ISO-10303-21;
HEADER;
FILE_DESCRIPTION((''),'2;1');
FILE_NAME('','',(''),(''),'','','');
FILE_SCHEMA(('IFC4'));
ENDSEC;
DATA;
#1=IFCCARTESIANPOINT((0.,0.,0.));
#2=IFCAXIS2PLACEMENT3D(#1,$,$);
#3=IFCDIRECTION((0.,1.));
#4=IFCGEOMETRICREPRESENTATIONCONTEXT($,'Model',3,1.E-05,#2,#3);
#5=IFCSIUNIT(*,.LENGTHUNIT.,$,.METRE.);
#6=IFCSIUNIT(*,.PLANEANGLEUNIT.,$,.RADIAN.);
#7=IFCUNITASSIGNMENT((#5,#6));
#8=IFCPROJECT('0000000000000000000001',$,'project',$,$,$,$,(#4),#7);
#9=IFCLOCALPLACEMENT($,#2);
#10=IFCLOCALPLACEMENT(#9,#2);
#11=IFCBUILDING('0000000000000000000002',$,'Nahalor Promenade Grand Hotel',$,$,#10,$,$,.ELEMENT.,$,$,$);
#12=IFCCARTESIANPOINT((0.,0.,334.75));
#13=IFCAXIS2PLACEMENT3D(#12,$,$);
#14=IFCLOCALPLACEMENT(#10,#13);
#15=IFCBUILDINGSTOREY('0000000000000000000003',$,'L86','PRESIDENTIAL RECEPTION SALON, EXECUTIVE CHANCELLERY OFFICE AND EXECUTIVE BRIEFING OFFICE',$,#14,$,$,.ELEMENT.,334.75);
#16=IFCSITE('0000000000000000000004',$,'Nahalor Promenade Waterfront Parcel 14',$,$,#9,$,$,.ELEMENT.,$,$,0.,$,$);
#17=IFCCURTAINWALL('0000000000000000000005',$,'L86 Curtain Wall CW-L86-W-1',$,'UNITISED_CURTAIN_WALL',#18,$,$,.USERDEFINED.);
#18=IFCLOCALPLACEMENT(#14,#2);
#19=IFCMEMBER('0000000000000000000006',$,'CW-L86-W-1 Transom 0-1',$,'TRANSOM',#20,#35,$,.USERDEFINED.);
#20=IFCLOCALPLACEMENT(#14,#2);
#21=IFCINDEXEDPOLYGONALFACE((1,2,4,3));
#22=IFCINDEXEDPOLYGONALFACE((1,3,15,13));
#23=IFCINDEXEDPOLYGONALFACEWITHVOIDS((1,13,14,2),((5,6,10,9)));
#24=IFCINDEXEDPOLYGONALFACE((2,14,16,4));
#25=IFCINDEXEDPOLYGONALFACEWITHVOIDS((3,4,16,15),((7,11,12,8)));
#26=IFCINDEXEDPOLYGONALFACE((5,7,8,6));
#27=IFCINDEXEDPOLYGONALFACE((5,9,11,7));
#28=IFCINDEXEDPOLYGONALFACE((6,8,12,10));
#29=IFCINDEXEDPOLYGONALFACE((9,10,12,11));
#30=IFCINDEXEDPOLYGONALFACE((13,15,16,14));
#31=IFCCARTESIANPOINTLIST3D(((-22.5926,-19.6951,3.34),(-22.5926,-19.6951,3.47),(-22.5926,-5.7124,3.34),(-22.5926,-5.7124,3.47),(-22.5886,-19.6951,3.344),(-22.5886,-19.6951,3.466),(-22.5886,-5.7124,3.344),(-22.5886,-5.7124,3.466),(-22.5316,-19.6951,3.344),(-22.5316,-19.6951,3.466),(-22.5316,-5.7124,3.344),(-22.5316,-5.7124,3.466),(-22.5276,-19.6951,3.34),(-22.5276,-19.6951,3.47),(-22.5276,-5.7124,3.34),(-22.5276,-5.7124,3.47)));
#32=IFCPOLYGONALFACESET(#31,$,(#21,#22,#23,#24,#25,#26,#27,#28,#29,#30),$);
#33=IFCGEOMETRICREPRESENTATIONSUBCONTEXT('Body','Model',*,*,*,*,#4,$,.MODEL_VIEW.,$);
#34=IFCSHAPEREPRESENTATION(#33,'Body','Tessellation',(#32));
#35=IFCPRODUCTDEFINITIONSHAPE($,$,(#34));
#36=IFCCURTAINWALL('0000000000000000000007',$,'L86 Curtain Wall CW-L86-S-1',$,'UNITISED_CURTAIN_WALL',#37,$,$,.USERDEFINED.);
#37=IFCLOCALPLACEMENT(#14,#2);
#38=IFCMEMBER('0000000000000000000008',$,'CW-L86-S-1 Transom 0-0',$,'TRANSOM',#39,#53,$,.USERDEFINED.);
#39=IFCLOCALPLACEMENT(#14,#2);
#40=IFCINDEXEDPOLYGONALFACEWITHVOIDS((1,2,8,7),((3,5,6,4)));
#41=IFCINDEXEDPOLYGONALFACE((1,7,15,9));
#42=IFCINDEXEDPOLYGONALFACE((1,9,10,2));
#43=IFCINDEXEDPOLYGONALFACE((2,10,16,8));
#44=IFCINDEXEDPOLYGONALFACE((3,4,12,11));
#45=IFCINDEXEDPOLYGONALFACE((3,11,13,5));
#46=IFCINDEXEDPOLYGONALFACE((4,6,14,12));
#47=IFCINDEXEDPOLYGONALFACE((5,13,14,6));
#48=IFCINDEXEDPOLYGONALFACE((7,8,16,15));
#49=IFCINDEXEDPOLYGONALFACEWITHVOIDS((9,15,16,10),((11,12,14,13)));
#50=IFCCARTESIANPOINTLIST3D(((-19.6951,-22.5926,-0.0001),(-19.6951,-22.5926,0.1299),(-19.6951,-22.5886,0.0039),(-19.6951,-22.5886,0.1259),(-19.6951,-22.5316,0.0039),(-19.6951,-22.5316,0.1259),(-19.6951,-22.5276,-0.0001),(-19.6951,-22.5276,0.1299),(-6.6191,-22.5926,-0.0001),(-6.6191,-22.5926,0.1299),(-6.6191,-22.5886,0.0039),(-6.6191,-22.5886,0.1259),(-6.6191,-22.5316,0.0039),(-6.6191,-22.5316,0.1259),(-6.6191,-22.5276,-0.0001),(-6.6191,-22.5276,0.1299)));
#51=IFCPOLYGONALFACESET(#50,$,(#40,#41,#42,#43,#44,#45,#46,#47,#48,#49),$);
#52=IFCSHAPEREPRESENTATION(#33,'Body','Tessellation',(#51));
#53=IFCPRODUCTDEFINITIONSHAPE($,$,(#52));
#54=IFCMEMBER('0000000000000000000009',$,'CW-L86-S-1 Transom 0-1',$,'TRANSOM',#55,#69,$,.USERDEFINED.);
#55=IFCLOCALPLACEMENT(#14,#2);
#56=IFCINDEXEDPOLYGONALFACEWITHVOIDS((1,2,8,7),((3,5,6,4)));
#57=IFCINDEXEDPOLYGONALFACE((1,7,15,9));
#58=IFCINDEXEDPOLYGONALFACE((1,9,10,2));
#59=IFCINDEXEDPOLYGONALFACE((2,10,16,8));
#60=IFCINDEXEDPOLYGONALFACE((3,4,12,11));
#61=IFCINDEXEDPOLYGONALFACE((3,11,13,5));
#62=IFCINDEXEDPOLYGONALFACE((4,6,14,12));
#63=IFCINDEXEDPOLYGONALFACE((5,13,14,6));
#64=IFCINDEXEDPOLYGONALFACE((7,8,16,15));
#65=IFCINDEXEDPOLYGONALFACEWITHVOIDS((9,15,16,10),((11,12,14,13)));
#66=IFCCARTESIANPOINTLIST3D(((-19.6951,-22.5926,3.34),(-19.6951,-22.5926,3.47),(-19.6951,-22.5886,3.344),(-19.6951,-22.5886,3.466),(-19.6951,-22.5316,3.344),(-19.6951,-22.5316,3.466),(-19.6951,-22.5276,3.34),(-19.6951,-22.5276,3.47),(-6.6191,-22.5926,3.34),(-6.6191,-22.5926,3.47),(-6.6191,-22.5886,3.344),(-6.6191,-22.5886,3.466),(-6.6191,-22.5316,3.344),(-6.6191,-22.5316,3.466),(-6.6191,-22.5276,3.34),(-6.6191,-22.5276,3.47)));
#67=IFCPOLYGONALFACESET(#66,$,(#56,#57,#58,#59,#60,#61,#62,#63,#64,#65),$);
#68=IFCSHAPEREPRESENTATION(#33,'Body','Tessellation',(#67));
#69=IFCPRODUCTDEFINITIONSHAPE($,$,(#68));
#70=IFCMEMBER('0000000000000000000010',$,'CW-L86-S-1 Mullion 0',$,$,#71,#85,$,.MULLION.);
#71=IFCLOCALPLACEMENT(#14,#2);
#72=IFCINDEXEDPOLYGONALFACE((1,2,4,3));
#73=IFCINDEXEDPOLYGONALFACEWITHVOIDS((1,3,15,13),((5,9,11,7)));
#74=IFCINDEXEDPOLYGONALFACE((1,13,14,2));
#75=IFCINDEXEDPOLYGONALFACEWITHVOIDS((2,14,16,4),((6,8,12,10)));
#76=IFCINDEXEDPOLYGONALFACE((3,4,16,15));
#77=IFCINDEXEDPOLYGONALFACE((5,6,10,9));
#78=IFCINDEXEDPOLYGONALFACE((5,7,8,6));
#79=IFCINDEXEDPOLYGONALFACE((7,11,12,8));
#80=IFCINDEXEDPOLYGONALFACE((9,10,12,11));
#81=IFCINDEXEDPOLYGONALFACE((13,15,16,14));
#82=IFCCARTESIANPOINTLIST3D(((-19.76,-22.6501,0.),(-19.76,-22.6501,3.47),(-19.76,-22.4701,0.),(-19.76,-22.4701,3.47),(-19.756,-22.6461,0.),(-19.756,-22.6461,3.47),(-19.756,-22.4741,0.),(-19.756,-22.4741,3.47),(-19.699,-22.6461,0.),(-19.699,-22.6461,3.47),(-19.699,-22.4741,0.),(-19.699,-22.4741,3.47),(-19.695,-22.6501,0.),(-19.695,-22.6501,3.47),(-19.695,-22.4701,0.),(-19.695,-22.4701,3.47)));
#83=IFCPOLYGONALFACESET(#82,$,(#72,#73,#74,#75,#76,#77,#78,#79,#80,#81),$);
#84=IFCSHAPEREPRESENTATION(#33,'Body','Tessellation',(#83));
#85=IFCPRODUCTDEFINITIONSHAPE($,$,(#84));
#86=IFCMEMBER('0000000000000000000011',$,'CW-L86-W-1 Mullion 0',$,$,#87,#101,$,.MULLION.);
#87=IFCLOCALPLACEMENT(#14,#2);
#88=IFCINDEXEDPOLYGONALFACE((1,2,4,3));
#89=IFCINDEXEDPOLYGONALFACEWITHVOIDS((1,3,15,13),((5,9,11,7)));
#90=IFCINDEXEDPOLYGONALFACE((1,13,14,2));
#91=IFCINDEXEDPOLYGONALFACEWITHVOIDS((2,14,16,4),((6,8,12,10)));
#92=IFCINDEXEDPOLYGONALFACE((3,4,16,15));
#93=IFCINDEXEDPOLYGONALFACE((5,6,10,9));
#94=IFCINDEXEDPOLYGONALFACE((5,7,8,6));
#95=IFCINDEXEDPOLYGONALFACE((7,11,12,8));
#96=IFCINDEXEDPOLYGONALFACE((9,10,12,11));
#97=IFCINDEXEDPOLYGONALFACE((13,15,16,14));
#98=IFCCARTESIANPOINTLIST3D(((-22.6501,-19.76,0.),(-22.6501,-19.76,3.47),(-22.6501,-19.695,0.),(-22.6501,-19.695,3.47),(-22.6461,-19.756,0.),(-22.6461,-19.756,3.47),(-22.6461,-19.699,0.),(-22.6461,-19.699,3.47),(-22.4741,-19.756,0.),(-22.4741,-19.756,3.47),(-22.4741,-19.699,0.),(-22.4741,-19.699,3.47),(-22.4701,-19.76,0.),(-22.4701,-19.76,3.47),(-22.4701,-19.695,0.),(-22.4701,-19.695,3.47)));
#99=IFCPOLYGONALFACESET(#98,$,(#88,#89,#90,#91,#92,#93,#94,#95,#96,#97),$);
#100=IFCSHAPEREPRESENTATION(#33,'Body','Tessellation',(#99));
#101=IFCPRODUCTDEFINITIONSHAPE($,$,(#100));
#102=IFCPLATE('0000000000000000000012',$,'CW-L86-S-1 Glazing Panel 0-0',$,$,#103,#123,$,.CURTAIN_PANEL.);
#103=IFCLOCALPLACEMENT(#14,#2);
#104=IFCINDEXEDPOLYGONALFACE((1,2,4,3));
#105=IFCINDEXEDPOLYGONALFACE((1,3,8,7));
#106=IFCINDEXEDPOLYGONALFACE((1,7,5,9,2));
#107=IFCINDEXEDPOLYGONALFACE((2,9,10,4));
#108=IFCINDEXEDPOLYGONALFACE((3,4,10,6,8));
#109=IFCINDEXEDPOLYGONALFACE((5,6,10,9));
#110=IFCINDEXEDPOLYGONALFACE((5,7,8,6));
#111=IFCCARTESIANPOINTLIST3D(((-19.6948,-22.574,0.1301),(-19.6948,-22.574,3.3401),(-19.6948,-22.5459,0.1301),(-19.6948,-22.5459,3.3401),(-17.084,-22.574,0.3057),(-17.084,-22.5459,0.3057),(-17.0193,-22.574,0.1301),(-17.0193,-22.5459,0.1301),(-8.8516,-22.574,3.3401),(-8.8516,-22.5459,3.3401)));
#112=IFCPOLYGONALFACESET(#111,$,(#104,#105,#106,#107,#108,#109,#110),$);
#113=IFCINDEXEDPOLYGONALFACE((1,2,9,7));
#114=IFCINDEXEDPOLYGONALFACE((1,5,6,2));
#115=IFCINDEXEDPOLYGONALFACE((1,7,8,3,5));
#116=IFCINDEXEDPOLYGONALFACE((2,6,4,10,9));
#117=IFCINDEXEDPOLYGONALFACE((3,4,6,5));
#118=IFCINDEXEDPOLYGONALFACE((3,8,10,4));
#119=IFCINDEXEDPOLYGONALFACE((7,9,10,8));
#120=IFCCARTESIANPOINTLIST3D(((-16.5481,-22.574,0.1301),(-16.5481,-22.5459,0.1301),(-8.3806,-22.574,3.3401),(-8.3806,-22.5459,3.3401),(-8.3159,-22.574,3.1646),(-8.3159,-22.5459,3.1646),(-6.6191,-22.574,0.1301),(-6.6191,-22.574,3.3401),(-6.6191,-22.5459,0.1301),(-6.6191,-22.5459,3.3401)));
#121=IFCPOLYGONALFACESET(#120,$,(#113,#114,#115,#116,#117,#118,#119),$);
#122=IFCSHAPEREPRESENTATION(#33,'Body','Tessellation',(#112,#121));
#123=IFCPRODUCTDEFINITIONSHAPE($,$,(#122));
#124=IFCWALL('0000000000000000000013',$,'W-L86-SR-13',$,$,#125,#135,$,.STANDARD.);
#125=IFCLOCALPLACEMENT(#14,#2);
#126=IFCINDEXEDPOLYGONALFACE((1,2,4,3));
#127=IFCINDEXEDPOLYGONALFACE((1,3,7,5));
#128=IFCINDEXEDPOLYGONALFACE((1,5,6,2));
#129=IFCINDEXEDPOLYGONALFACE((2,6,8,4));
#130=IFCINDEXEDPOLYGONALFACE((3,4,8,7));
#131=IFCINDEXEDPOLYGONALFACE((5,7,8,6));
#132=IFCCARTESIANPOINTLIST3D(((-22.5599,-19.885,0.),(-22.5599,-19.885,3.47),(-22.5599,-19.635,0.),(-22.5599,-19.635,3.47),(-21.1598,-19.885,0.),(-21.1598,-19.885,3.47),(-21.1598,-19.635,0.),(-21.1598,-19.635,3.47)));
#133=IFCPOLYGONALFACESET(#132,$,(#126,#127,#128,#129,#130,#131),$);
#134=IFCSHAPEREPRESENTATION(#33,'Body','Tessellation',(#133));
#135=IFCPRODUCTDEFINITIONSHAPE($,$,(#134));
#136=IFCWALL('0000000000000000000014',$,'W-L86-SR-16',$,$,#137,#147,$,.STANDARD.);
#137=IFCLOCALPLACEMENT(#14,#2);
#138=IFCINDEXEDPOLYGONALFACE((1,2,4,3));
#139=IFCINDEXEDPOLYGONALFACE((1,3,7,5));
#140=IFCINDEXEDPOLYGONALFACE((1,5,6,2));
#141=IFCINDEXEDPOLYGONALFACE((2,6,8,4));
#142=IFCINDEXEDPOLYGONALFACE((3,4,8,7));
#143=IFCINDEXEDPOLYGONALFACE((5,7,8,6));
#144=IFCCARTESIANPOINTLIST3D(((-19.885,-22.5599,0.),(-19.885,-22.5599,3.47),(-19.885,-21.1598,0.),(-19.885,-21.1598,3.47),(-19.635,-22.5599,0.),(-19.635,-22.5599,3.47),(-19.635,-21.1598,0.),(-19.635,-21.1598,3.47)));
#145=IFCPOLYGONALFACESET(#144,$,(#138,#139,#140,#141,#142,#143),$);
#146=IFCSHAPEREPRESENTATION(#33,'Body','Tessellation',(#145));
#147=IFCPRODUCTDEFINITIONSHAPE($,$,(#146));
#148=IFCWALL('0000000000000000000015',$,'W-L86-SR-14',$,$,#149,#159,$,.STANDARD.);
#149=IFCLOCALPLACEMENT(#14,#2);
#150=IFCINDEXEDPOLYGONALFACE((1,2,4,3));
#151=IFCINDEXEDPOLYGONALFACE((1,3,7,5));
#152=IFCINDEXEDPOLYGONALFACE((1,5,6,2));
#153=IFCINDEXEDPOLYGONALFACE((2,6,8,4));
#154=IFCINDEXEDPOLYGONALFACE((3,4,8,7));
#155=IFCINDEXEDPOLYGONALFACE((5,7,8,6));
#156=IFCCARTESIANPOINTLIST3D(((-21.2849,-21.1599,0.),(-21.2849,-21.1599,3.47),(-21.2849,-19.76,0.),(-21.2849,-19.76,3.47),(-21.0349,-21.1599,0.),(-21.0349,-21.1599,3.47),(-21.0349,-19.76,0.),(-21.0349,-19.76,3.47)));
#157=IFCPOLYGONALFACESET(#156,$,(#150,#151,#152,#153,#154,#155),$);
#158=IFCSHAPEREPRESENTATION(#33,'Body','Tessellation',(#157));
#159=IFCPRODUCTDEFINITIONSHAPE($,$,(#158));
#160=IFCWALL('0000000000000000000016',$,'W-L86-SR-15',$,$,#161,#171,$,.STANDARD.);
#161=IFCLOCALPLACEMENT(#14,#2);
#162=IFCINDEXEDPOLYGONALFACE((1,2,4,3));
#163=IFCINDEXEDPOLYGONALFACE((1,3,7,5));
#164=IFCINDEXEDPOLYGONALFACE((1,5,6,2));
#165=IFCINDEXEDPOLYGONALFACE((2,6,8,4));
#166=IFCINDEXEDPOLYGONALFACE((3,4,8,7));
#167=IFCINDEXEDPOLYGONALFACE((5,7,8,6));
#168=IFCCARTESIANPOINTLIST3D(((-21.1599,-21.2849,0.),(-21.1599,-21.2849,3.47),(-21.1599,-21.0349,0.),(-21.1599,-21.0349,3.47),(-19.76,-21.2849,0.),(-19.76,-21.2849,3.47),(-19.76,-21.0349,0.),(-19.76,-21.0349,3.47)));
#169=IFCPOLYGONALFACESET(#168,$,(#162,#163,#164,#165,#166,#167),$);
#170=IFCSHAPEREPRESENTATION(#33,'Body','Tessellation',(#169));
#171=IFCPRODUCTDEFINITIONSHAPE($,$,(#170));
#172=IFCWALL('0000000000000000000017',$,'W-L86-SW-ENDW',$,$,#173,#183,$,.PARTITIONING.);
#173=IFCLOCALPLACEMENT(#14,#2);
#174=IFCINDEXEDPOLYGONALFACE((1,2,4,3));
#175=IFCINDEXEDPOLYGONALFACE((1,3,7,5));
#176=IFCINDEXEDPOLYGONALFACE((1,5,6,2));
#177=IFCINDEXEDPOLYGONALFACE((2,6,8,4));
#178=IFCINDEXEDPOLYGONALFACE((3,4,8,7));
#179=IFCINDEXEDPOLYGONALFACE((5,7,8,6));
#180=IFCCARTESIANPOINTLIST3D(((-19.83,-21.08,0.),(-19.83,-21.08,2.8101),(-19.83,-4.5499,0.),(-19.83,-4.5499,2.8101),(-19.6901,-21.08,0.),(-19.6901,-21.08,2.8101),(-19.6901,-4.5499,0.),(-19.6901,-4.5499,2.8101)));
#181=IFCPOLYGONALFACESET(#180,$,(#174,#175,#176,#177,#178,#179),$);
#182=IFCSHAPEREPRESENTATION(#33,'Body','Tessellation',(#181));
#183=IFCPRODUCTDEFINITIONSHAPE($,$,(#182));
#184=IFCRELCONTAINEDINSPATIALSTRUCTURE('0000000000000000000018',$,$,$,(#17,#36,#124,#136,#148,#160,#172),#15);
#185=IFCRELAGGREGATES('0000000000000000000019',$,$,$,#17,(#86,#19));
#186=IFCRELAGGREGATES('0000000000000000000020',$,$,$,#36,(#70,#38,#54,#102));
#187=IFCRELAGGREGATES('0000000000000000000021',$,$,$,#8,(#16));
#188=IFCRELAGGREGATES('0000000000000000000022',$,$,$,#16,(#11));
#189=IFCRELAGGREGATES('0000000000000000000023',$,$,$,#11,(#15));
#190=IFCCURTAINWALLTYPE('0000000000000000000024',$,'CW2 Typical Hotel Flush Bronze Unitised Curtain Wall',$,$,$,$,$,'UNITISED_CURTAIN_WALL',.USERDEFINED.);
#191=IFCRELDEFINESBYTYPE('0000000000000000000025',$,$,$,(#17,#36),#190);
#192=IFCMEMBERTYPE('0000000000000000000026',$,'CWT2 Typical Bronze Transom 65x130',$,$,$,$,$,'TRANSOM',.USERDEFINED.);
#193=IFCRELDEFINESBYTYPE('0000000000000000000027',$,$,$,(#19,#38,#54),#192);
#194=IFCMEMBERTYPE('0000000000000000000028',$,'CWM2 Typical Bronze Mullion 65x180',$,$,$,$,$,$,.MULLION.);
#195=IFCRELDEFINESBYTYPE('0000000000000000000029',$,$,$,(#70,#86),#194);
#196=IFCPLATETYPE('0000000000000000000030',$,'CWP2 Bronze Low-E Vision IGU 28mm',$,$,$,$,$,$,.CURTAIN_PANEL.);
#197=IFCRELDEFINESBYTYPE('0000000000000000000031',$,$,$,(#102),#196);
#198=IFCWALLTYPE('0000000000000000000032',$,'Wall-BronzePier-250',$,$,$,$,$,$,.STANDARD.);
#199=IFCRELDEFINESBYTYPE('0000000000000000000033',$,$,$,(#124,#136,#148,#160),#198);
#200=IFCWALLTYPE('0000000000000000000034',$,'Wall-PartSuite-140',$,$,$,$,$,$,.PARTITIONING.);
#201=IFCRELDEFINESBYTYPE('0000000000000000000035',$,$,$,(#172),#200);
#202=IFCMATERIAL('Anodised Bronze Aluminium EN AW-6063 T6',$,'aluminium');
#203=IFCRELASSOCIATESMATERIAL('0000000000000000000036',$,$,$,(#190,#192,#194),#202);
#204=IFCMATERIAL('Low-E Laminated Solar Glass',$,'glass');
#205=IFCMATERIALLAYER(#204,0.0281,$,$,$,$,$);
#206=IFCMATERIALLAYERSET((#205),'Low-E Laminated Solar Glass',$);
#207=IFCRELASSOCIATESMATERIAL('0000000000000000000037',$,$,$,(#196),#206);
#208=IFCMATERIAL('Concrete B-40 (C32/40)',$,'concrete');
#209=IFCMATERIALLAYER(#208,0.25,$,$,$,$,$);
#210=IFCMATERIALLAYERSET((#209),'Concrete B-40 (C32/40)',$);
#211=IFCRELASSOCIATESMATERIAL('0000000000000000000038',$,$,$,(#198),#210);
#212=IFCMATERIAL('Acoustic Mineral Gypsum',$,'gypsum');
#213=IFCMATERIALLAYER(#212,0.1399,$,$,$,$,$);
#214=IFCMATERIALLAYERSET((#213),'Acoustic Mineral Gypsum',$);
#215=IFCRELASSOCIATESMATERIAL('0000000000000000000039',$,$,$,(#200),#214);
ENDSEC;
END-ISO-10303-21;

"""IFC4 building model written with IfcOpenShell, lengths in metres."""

from ifc_helpers import new_model, si_unit, direction, frame, frame_2d, origin, origin_2d, place, context, subcontext, project, spatial, polyline, rectangle, hollow_rectangle, outline, extrude, source, transform, mapped, material, layer, layer_set, material_profile, profile_set, type_object, element, aggregate, save


model = new_model("IFC4")

# Units and contexts
model_context = context("Model", 3, precision=1e-05, world=origin(), true_north=direction((0.0, 1.0)))
body_context = subcontext(model_context, "Body", "Model", "MODEL_VIEW")
ifc_project = project(units=[si_unit("LENGTHUNIT", "METRE"), si_unit("PLANEANGLEUNIT", "RADIAN")], contexts=[model_context])

# Site, building, storey
site_placement = place(None, origin())
site = spatial("IfcSite", under=ifc_project, at=site_placement, Name="Nahalor Promenade Waterfront Parcel 14", CompositionType="ELEMENT", RefElevation=0.0)
building_placement = place(site_placement, origin())
building = spatial("IfcBuilding", under=site, at=building_placement, Name="Nahalor Promenade Grand Hotel", CompositionType="ELEMENT")
storey_placement = place(building_placement, frame((0.0, 0.0, 334.75)))
storey = spatial("IfcBuildingStorey", under=building, at=storey_placement, Name="L86", Description="PRESIDENTIAL RECEPTION SALON, EXECUTIVE CHANCELLERY OFFICE AND EXECUTIVE BRIEFING OFFICE", CompositionType="ELEMENT", Elevation=334.75)

# Curtain walls, members
ifc_material_1 = material(Name="Anodised Bronze Aluminium EN AW-6063 T6", Category="aluminium")
curtain_wall_type = type_object("IfcCurtainWallType", Name="CW2 Typical Hotel Flush Bronze Unitised Curtain Wall", ElementType="UNITISED_CURTAIN_WALL", PredefinedType="USERDEFINED", material=ifc_material_1)
curtain_wall_1_placement = place(storey_placement, origin())
curtain_wall_1 = element("IfcCurtainWall", 1, at=curtain_wall_1_placement, inside=storey, type_object=curtain_wall_type, Name="L86 Curtain Wall CW-L86-W-1", ObjectType="UNITISED_CURTAIN_WALL", PredefinedType="USERDEFINED")
ifc_material_profile_1 = material_profile(ifc_material_1, hollow_rectangle(XDim=0.065, YDim=0.13, WallThickness=0.004, at=origin_2d()), Name="CWT 65x130x4")
ifc_profile_set_1 = profile_set([ifc_material_profile_1], Name="Anodised Bronze Aluminium EN AW-6063 T6")
member_type_1 = type_object("IfcMemberType", Name="CWT2 Typical Bronze Transom 65x130", ElementType="TRANSOM", PredefinedType="USERDEFINED", material=ifc_profile_set_1)
shared_shape_1 = source(origin(), body_context, "Body", "SweptSolid", [
    extrude(hollow_rectangle(XDim=0.065, YDim=0.13, WallThickness=0.004, at=origin_2d()), origin(), (0.0, 0.0, 1.0), 13.9827),
])
member_1_placement = place(storey_placement, frame((-22.5601, -19.6951, 3.405), z_axis=(0.0, 1.0, 0.0), x_axis=(-1.0, 0.0, 0.0)))
member_1 = element("IfcMember", 2, at=member_1_placement, type_object=member_type_1, Name="CW-L86-W-1 Transom 0-1", ObjectType="TRANSOM", PredefinedType="USERDEFINED", context=body_context, shape_type="MappedRepresentation", body=[
    mapped(shared_shape_1, transform((0.0, 0.0, 0.0), scale=1.0)),
])
curtain_wall_2_placement = place(storey_placement, origin())
curtain_wall_2 = element("IfcCurtainWall", 3, at=curtain_wall_2_placement, inside=storey, type_object=curtain_wall_type, Name="L86 Curtain Wall CW-L86-S-1", ObjectType="UNITISED_CURTAIN_WALL", PredefinedType="USERDEFINED")
shared_shape_2 = source(origin(), body_context, "Body", "SweptSolid", [
    extrude(hollow_rectangle(XDim=0.065, YDim=0.13, WallThickness=0.004, at=origin_2d()), origin(), (0.0, 0.0, 1.0), 13.0759),
])
member_2_placement = place(storey_placement, frame((-19.6951, -22.5601, 0.0649), z_axis=(1.0, 0.0, 0.0), x_axis=(0.0, 1.0, 0.0)))
member_2 = element("IfcMember", 4, at=member_2_placement, type_object=member_type_1, Name="CW-L86-S-1 Transom 0-0", ObjectType="TRANSOM", PredefinedType="USERDEFINED", context=body_context, shape_type="MappedRepresentation", body=[
    mapped(shared_shape_2, transform((0.0, 0.0, 0.0), scale=1.0)),
])
member_3_placement = place(storey_placement, frame((-19.6951, -22.5601, 3.405), z_axis=(1.0, 0.0, 0.0), x_axis=(0.0, 1.0, 0.0)))
member_3 = element("IfcMember", 5, at=member_3_placement, type_object=member_type_1, Name="CW-L86-S-1 Transom 0-1", ObjectType="TRANSOM", PredefinedType="USERDEFINED", context=body_context, shape_type="MappedRepresentation", body=[
    mapped(shared_shape_2, transform((0.0, 0.0, 0.0), scale=1.0)),
])
ifc_material_profile_2 = material_profile(ifc_material_1, hollow_rectangle(XDim=0.065, YDim=0.18, WallThickness=0.004, at=origin_2d()), Name="CWM 65x180x4")
ifc_profile_set_2 = profile_set([ifc_material_profile_2], Name="Anodised Bronze Aluminium EN AW-6063 T6")
member_type_2 = type_object("IfcMemberType", Name="CWM2 Typical Bronze Mullion 65x180", PredefinedType="MULLION", material=ifc_profile_set_2)
shared_shape_3 = source(origin(), body_context, "Body", "SweptSolid", [
    extrude(hollow_rectangle(XDim=0.065, YDim=0.18, WallThickness=0.004, at=origin_2d()), origin(), (0.0, 0.0, 1.0), 3.47),
])
member_4_placement = place(storey_placement, frame((-19.7275, -22.5601, 0.0), z_axis=(0.0, 0.0, 1.0), x_axis=(1.0, 0.0, 0.0)))
member_4 = element("IfcMember", 6, at=member_4_placement, type_object=member_type_2, Name="CW-L86-S-1 Mullion 0", PredefinedType="MULLION", context=body_context, shape_type="MappedRepresentation", body=[
    mapped(shared_shape_3, transform((0.0, 0.0, 0.0), scale=1.0)),
])

# Member
member_5_placement = place(storey_placement, frame((-22.5601, -19.7275, 0.0), z_axis=(0.0, 0.0, 1.0), x_axis=(0.0, 1.0, 0.0)))
member_5 = element("IfcMember", 7, at=member_5_placement, type_object=member_type_2, Name="CW-L86-W-1 Mullion 0", PredefinedType="MULLION", context=body_context, shape_type="MappedRepresentation", body=[
    mapped(shared_shape_3, transform((0.0, 0.0, 0.0), scale=1.0)),
])
aggregate(curtain_wall_1, [member_5, member_1])

# Plate
ifc_material_2 = material(Name="Low-E Laminated Solar Glass", Category="glass")
ifc_layer_1 = layer(ifc_material_2, 0.0281)
ifc_layer_set_1 = layer_set([ifc_layer_1], Name="Low-E Laminated Solar Glass")
plate_type = type_object("IfcPlateType", Name="CWP2 Bronze Low-E Vision IGU 28mm", PredefinedType="CURTAIN_PANEL", material=ifc_layer_set_1)
plate_placement = place(storey_placement, frame((-13.157, -22.5601, 0.1301), z_axis=(0.0, 0.0, 1.0), x_axis=(1.0, 0.0, 0.0)))
plate = element("IfcPlate", 8, at=plate_placement, type_object=plate_type, Name="CW-L86-S-1 Glazing Panel 0-0", PredefinedType="CURTAIN_PANEL", context=body_context, shape_type="SweptSolid", body=[
    extrude(outline(polyline([(-6.5378, 3.21), (-6.5378, 0.0), (-3.8623, 0.0), (-3.927, 0.1755), (4.3054, 3.21), (-6.5378, 3.21)])), frame((0.0, 0.0142, 0.0), z_axis=(0.0, -1.0, 0.0), x_axis=(1.0, 0.0, 0.0)), (0.0, 0.0, 1.0), 0.0281),
    extrude(outline(polyline([(6.5378, 0.0), (6.5378, 3.21), (4.7764, 3.21), (4.8411, 3.0344), (-3.3911, 0.0), (6.5378, 0.0)])), frame((0.0, 0.0142, 0.0), z_axis=(0.0, -1.0, 0.0), x_axis=(1.0, 0.0, 0.0)), (0.0, 0.0, 1.0), 0.0281),
])
aggregate(curtain_wall_2, [member_4, member_2, member_3, plate])

# Walls
ifc_material_3 = material(Name="Concrete B-40 (C32/40)", Category="concrete")
ifc_layer_2 = layer(ifc_material_3, 0.25)
ifc_layer_set_2 = layer_set([ifc_layer_2], Name="Concrete B-40 (C32/40)")
wall_type_1 = type_object("IfcWallType", Name="Wall-BronzePier-250", PredefinedType="STANDARD", material=ifc_layer_set_2)
shared_shape_4 = source(origin(), body_context, "Body", "SweptSolid", [
    extrude(rectangle(XDim=1.4001, YDim=0.25, at=frame_2d((0.7002, 0.0))), origin(), (0.0, 0.0, 1.0), 3.47),
])
for number, where, z_axis, x_axis, name in (
    (9, (-22.5601, -19.76, 0.0), (0.0, 0.0, 1.0), (1.0, 0.0, 0.0), "W-L86-SR-13"),
    (10, (-19.76, -22.5601, 0.0), (0.0, 0.0, 1.0), (0.0, 1.0, 0.0), "W-L86-SR-16"),
):
    element("IfcWall", number, at=place(storey_placement, frame(where, z_axis=z_axis, x_axis=x_axis)), inside=storey, type_object=wall_type_1, Name=name, PredefinedType="STANDARD", context=body_context, shape_type="MappedRepresentation", body=[
        mapped(shared_shape_4, transform((0.0, 0.0, 0.0), scale=1.0)),
    ])
shared_shape_5 = source(origin(), body_context, "Body", "SweptSolid", [
    extrude(rectangle(XDim=1.3999, YDim=0.25, at=frame_2d((0.7, 0.0))), origin(), (0.0, 0.0, 1.0), 3.47),
])
for number, where, z_axis, x_axis, name in (
    (11, (-21.1599, -21.1599, 0.0), (0.0, 0.0, 1.0), (0.0, 1.0, 0.0), "W-L86-SR-14"),
    (12, (-21.1599, -21.1599, 0.0), (0.0, 0.0, 1.0), (1.0, 0.0, 0.0), "W-L86-SR-15"),
):
    element("IfcWall", number, at=place(storey_placement, frame(where, z_axis=z_axis, x_axis=x_axis)), inside=storey, type_object=wall_type_1, Name=name, PredefinedType="STANDARD", context=body_context, shape_type="MappedRepresentation", body=[
        mapped(shared_shape_5, transform((0.0, 0.0, 0.0), scale=1.0)),
    ])
ifc_material_4 = material(Name="Acoustic Mineral Gypsum", Category="gypsum")
ifc_layer_3 = layer(ifc_material_4, 0.1399)
ifc_layer_set_3 = layer_set([ifc_layer_3], Name="Acoustic Mineral Gypsum")
wall_type_2 = type_object("IfcWallType", Name="Wall-PartSuite-140", PredefinedType="PARTITIONING", material=ifc_layer_set_3)
shared_shape_6 = source(origin(), body_context, "Body", "SweptSolid", [
    extrude(rectangle(XDim=16.53, YDim=0.1399, at=frame_2d((8.2651, 0.0))), origin(), (0.0, 0.0, 1.0), 2.8101),
])
wall_1_placement = place(storey_placement, frame((-19.76, -21.0801, 0.0), z_axis=(0.0, 0.0, 1.0), x_axis=(0.0, 1.0, 0.0)))
element("IfcWall", 13, at=wall_1_placement, inside=storey, type_object=wall_type_2, Name="W-L86-SW-ENDW", PredefinedType="PARTITIONING", context=body_context, shape_type="MappedRepresentation", body=[
    mapped(shared_shape_6, transform((0.0, 0.0, 0.0), scale=1.0)),
])

save(model, "model.ifc")
